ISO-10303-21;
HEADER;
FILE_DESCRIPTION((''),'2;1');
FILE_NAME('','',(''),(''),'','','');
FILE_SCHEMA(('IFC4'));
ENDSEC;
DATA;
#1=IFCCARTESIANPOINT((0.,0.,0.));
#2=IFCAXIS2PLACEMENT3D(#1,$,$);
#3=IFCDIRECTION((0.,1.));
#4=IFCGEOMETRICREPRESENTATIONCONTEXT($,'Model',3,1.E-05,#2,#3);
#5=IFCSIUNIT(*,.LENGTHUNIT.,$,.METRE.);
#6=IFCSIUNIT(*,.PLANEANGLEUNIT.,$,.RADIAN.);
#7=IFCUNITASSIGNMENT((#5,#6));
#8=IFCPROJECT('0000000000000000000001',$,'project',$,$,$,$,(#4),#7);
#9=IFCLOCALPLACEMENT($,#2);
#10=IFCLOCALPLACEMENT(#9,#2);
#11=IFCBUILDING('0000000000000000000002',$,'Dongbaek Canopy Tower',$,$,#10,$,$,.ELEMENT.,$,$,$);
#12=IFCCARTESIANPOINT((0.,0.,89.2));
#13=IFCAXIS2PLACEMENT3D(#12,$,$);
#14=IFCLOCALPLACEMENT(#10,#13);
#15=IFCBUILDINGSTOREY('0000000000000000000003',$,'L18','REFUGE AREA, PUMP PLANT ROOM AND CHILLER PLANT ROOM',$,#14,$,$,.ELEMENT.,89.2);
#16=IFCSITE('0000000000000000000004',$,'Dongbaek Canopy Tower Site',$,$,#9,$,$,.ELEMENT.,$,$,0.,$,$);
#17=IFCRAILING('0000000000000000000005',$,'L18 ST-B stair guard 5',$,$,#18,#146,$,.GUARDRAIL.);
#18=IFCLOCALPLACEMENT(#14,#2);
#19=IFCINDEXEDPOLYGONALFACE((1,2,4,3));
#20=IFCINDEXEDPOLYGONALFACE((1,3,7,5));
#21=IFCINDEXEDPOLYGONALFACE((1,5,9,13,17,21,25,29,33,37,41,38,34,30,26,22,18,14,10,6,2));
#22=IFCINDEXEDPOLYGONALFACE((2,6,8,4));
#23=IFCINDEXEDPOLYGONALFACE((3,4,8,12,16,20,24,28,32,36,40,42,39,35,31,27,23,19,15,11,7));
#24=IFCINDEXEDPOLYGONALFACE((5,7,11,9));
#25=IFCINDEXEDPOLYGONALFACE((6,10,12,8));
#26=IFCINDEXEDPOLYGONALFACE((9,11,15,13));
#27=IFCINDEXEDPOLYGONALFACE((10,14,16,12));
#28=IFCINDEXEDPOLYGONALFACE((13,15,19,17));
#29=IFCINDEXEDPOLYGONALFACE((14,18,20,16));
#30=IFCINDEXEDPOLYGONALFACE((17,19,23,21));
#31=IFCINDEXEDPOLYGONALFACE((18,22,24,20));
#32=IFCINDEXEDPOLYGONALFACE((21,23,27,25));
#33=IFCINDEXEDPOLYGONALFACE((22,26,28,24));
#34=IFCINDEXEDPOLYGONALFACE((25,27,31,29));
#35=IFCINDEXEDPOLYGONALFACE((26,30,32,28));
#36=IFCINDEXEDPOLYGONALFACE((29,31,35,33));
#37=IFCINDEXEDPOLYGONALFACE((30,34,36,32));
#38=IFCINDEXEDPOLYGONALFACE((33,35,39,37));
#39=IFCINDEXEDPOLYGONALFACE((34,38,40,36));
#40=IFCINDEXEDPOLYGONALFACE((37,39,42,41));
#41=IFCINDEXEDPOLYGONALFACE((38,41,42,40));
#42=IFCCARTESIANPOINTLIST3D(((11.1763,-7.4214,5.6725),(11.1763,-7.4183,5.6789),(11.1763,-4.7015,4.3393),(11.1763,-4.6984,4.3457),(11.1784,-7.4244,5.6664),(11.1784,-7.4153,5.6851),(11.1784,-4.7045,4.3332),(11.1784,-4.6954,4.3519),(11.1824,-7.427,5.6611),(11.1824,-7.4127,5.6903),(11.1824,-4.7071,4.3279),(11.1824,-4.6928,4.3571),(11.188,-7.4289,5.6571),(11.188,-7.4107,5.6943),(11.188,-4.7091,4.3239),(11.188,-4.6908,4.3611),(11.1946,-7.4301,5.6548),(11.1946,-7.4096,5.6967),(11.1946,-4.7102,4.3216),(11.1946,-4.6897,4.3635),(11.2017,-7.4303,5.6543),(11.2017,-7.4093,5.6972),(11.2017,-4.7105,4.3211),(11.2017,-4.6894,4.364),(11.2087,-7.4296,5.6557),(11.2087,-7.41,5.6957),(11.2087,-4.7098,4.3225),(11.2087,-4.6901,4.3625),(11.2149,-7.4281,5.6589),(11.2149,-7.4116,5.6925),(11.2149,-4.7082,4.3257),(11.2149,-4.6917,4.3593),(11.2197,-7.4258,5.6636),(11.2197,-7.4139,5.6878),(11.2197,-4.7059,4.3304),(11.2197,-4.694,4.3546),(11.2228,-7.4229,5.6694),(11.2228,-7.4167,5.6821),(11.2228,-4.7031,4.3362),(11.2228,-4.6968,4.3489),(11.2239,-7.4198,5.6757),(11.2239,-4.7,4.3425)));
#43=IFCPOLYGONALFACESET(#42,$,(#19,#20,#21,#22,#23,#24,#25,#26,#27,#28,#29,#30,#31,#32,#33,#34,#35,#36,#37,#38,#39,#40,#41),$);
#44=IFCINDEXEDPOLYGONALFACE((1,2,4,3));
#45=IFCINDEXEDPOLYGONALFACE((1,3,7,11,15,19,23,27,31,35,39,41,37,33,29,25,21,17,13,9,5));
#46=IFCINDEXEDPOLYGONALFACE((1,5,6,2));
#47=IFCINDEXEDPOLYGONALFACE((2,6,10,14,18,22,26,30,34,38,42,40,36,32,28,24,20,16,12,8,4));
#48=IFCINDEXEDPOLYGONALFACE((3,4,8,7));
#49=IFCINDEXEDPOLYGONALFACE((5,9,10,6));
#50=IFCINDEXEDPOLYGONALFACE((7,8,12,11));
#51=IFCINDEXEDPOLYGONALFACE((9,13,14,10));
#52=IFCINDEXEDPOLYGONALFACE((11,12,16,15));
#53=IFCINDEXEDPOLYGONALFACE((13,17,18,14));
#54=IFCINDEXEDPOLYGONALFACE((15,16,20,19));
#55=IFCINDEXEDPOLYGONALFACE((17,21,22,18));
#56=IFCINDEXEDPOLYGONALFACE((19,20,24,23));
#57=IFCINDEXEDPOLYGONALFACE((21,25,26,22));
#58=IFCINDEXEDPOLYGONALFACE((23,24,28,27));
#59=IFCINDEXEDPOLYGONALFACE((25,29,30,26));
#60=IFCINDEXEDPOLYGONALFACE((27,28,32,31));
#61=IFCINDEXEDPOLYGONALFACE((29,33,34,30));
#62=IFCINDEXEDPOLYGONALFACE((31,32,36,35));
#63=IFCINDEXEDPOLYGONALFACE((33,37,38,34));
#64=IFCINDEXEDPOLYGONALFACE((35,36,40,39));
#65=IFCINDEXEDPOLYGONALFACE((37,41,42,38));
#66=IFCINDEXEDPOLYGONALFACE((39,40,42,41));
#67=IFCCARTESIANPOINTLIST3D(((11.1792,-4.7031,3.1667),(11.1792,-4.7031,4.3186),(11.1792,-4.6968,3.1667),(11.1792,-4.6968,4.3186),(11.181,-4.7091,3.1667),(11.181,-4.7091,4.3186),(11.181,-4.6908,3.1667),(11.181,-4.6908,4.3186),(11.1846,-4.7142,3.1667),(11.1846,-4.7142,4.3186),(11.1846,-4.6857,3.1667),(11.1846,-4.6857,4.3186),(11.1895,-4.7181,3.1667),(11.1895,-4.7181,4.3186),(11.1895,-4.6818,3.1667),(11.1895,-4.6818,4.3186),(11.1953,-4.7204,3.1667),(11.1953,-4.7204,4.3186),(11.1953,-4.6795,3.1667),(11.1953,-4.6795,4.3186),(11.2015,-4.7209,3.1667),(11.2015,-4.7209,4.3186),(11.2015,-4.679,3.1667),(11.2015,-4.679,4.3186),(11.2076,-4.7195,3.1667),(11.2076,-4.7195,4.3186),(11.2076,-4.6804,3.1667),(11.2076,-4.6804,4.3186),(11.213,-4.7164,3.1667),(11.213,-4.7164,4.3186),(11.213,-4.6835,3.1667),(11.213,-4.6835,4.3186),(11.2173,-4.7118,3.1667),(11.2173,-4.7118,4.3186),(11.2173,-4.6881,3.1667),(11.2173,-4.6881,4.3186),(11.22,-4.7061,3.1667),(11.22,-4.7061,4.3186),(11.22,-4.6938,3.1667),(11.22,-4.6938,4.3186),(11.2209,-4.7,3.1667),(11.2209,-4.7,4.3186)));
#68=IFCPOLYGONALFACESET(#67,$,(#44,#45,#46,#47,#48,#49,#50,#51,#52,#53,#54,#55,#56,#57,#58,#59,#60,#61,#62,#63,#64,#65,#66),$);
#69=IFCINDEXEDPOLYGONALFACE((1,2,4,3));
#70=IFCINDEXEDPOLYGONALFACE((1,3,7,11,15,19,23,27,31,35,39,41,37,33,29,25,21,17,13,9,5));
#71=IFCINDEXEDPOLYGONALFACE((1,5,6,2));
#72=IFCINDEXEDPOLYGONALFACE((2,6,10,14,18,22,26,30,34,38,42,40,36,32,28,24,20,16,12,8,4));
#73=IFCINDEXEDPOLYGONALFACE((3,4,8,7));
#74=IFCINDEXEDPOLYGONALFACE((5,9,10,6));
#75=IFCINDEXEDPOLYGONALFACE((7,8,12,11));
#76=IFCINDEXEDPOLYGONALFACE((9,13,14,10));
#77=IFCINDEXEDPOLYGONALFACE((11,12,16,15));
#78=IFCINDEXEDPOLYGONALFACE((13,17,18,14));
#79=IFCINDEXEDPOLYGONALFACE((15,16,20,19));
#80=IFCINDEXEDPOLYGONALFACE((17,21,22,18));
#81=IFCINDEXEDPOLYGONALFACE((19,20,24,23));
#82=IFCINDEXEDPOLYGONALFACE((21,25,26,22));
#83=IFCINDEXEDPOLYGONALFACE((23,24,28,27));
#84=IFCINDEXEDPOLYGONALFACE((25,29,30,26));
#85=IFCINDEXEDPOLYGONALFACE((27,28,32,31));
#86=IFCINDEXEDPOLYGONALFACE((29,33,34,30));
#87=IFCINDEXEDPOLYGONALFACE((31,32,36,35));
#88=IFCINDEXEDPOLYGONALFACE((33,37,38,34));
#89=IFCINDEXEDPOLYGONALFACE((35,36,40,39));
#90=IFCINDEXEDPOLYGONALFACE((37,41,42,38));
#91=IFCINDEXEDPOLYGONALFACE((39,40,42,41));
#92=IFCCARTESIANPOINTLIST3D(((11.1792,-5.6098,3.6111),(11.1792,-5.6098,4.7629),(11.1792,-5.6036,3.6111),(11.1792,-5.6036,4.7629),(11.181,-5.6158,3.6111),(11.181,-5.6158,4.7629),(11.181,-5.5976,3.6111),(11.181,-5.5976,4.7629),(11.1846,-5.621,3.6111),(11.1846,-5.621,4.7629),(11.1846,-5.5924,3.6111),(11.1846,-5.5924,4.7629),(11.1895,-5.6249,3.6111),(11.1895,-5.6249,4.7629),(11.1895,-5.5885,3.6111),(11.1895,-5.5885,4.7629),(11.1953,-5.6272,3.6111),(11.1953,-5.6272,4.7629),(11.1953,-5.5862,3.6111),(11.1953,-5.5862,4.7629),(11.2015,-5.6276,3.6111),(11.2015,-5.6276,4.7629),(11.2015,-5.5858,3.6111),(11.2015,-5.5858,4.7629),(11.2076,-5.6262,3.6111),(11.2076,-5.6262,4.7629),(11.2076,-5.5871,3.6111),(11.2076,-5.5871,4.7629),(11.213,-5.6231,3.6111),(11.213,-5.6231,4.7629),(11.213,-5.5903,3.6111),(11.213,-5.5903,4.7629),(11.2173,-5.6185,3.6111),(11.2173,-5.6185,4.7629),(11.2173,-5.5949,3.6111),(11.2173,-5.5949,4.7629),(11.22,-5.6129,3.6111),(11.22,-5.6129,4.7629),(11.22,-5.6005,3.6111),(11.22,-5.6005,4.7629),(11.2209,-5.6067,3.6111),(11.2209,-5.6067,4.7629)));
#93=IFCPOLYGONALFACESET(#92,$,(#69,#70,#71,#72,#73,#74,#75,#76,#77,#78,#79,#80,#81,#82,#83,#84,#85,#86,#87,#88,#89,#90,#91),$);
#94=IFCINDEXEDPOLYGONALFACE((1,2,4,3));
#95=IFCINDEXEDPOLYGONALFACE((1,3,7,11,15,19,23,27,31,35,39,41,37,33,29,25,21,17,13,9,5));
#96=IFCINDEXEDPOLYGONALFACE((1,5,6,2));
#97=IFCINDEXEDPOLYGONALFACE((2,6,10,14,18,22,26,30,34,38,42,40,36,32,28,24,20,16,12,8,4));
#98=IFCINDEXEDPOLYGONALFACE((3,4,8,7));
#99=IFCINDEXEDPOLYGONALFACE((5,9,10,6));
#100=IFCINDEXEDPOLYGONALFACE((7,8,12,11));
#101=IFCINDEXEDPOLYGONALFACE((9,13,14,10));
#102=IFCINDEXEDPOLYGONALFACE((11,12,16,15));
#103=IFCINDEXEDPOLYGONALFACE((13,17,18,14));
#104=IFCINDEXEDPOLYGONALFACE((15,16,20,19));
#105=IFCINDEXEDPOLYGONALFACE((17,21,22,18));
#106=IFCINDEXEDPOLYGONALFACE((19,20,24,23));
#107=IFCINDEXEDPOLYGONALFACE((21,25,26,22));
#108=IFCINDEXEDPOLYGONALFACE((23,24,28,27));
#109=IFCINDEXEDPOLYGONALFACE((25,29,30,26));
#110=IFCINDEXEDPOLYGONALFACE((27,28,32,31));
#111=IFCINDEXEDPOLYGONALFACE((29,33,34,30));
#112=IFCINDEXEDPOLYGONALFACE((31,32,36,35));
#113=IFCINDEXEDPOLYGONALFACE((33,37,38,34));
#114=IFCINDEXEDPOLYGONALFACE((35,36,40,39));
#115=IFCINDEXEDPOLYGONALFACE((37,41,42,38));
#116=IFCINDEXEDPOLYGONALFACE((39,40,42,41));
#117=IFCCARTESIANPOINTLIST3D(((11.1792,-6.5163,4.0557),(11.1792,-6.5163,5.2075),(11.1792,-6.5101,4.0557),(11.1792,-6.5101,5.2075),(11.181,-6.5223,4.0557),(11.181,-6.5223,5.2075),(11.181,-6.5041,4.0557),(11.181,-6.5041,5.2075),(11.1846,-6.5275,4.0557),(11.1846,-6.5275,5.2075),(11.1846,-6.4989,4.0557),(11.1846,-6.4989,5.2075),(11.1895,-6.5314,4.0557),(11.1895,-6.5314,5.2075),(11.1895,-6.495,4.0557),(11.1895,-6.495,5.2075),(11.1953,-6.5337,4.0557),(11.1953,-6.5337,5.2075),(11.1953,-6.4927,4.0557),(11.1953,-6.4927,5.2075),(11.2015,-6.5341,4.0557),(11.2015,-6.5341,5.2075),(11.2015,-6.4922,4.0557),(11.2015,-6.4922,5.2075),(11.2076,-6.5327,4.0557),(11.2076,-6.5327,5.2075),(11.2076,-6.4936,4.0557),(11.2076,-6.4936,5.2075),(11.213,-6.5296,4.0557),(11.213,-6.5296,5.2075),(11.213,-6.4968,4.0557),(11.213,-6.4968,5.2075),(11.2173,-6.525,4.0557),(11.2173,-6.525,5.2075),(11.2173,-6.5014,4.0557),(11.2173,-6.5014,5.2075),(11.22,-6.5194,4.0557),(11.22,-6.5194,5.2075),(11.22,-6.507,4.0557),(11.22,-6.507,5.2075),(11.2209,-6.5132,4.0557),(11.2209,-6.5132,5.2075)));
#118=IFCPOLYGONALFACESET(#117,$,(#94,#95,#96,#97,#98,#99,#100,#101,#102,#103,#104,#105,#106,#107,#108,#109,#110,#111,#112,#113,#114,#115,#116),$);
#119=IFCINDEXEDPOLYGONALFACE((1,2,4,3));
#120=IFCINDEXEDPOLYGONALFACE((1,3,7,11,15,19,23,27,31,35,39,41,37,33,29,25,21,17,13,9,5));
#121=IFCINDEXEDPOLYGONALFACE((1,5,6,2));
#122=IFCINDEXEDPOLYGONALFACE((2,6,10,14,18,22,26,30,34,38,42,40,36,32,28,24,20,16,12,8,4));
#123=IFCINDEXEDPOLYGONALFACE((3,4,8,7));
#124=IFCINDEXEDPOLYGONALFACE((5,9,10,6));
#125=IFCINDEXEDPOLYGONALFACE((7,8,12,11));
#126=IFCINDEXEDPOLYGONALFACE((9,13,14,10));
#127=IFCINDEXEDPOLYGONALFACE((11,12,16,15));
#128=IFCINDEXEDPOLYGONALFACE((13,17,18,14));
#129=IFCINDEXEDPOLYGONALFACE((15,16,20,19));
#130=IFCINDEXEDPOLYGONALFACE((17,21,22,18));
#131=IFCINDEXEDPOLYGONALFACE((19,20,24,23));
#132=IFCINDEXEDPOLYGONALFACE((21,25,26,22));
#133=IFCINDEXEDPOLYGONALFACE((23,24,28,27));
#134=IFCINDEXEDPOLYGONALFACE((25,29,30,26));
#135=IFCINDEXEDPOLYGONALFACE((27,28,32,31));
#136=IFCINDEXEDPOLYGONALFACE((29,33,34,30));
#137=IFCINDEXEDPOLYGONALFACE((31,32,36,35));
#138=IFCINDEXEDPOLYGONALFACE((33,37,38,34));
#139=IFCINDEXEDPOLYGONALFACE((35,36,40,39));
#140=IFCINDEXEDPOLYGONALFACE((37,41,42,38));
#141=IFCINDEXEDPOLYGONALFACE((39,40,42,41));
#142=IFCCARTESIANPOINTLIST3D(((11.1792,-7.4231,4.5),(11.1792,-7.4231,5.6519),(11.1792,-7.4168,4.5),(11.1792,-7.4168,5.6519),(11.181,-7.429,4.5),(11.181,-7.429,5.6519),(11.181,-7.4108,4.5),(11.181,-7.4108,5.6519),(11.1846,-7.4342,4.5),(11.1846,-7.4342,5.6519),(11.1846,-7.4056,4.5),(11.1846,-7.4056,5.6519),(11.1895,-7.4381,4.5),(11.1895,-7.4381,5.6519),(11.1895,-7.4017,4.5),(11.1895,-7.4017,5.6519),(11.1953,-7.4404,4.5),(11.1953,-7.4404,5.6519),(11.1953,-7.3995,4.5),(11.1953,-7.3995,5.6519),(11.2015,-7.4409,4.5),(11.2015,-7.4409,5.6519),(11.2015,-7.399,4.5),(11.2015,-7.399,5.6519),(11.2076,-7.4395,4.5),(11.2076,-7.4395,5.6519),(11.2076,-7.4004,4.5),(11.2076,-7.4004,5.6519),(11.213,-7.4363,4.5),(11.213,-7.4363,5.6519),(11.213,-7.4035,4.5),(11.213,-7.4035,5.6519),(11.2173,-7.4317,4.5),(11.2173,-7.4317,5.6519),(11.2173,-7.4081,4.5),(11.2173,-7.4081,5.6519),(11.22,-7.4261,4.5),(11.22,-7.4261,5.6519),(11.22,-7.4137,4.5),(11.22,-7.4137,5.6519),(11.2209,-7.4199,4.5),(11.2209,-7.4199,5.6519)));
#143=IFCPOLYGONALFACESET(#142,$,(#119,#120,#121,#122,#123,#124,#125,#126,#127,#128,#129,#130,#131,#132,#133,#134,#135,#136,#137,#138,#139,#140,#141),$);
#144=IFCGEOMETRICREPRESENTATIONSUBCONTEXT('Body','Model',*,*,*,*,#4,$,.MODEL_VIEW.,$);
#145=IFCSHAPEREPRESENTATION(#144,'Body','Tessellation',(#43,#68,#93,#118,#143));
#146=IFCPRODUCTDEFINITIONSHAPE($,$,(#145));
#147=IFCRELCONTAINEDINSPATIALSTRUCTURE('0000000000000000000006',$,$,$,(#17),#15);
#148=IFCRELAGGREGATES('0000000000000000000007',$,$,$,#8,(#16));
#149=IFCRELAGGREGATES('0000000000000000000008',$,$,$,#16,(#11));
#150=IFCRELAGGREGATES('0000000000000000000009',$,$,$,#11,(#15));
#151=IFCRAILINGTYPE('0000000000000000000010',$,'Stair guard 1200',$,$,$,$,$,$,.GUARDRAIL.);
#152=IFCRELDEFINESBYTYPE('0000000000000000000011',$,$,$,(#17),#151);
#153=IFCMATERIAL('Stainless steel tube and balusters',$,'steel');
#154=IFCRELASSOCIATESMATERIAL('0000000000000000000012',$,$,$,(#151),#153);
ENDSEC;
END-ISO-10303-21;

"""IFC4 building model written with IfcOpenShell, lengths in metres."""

from ifc_helpers import new_model, si_unit, direction, frame, origin, origin_2d, place, context, subcontext, project, spatial, circle, extrude, material, type_object, element, save


model = new_model("IFC4")

# Units and contexts
model_context = context("Model", 3, precision=1e-05, world=origin(), true_north=direction((0.0, 1.0)))
body_context = subcontext(model_context, "Body", "Model", "MODEL_VIEW")
ifc_project = project(units=[si_unit("LENGTHUNIT", "METRE"), si_unit("PLANEANGLEUNIT", "RADIAN")], contexts=[model_context])

# Site, building, storey
site_placement = place(None, origin())
site = spatial("IfcSite", under=ifc_project, at=site_placement, Name="Dongbaek Canopy Tower Site", CompositionType="ELEMENT", RefElevation=0.0)
building_placement = place(site_placement, origin())
building = spatial("IfcBuilding", under=site, at=building_placement, Name="Dongbaek Canopy Tower", CompositionType="ELEMENT")
storey_placement = place(building_placement, frame((0.0, 0.0, 89.2)))
storey = spatial("IfcBuildingStorey", under=building, at=storey_placement, Name="L18", Description="REFUGE AREA, PUMP PLANT ROOM AND CHILLER PLANT ROOM", CompositionType="ELEMENT", Elevation=89.2)

# Railing
ifc_material_1 = material(Name="Stainless steel tube and balusters", Category="steel")
railing_type_1 = type_object("IfcRailingType", Name="Stair guard 1200", PredefinedType="GUARDRAIL", material=ifc_material_1)
railing_1_placement = place(storey_placement, frame((11.2, -4.7, 3.1667)))
element("IfcRailing", 1, at=railing_1_placement, inside=storey, type_object=railing_type_1, Name="L18 ST-B stair guard 5", PredefinedType="GUARDRAIL", context=body_context, shape_type="SweptSolid", body=[
    extrude(circle(Radius=0.0239, at=origin_2d()), frame((0.0, 0.0, 1.1758), z_axis=(0.0, -0.897929, 0.440139), x_axis=(1.0, 0.0, 0.0)), (0.0, 0.0, 1.0), 3.0291),
    extrude(circle(Radius=0.021, at=origin_2d()), origin(), (0.0, 0.0, 1.0), 1.1519),
    extrude(circle(Radius=0.021, at=origin_2d()), frame((0.0, -0.9067, 0.4443)), (0.0, 0.0, 1.0), 1.1519),
    extrude(circle(Radius=0.021, at=origin_2d()), frame((0.0, -1.8132, 0.8889)), (0.0, 0.0, 1.0), 1.1519),
    extrude(circle(Radius=0.021, at=origin_2d()), frame((0.0, -2.72, 1.3333)), (0.0, 0.0, 1.0), 1.1519),
])

save(model, "model.ifc")
